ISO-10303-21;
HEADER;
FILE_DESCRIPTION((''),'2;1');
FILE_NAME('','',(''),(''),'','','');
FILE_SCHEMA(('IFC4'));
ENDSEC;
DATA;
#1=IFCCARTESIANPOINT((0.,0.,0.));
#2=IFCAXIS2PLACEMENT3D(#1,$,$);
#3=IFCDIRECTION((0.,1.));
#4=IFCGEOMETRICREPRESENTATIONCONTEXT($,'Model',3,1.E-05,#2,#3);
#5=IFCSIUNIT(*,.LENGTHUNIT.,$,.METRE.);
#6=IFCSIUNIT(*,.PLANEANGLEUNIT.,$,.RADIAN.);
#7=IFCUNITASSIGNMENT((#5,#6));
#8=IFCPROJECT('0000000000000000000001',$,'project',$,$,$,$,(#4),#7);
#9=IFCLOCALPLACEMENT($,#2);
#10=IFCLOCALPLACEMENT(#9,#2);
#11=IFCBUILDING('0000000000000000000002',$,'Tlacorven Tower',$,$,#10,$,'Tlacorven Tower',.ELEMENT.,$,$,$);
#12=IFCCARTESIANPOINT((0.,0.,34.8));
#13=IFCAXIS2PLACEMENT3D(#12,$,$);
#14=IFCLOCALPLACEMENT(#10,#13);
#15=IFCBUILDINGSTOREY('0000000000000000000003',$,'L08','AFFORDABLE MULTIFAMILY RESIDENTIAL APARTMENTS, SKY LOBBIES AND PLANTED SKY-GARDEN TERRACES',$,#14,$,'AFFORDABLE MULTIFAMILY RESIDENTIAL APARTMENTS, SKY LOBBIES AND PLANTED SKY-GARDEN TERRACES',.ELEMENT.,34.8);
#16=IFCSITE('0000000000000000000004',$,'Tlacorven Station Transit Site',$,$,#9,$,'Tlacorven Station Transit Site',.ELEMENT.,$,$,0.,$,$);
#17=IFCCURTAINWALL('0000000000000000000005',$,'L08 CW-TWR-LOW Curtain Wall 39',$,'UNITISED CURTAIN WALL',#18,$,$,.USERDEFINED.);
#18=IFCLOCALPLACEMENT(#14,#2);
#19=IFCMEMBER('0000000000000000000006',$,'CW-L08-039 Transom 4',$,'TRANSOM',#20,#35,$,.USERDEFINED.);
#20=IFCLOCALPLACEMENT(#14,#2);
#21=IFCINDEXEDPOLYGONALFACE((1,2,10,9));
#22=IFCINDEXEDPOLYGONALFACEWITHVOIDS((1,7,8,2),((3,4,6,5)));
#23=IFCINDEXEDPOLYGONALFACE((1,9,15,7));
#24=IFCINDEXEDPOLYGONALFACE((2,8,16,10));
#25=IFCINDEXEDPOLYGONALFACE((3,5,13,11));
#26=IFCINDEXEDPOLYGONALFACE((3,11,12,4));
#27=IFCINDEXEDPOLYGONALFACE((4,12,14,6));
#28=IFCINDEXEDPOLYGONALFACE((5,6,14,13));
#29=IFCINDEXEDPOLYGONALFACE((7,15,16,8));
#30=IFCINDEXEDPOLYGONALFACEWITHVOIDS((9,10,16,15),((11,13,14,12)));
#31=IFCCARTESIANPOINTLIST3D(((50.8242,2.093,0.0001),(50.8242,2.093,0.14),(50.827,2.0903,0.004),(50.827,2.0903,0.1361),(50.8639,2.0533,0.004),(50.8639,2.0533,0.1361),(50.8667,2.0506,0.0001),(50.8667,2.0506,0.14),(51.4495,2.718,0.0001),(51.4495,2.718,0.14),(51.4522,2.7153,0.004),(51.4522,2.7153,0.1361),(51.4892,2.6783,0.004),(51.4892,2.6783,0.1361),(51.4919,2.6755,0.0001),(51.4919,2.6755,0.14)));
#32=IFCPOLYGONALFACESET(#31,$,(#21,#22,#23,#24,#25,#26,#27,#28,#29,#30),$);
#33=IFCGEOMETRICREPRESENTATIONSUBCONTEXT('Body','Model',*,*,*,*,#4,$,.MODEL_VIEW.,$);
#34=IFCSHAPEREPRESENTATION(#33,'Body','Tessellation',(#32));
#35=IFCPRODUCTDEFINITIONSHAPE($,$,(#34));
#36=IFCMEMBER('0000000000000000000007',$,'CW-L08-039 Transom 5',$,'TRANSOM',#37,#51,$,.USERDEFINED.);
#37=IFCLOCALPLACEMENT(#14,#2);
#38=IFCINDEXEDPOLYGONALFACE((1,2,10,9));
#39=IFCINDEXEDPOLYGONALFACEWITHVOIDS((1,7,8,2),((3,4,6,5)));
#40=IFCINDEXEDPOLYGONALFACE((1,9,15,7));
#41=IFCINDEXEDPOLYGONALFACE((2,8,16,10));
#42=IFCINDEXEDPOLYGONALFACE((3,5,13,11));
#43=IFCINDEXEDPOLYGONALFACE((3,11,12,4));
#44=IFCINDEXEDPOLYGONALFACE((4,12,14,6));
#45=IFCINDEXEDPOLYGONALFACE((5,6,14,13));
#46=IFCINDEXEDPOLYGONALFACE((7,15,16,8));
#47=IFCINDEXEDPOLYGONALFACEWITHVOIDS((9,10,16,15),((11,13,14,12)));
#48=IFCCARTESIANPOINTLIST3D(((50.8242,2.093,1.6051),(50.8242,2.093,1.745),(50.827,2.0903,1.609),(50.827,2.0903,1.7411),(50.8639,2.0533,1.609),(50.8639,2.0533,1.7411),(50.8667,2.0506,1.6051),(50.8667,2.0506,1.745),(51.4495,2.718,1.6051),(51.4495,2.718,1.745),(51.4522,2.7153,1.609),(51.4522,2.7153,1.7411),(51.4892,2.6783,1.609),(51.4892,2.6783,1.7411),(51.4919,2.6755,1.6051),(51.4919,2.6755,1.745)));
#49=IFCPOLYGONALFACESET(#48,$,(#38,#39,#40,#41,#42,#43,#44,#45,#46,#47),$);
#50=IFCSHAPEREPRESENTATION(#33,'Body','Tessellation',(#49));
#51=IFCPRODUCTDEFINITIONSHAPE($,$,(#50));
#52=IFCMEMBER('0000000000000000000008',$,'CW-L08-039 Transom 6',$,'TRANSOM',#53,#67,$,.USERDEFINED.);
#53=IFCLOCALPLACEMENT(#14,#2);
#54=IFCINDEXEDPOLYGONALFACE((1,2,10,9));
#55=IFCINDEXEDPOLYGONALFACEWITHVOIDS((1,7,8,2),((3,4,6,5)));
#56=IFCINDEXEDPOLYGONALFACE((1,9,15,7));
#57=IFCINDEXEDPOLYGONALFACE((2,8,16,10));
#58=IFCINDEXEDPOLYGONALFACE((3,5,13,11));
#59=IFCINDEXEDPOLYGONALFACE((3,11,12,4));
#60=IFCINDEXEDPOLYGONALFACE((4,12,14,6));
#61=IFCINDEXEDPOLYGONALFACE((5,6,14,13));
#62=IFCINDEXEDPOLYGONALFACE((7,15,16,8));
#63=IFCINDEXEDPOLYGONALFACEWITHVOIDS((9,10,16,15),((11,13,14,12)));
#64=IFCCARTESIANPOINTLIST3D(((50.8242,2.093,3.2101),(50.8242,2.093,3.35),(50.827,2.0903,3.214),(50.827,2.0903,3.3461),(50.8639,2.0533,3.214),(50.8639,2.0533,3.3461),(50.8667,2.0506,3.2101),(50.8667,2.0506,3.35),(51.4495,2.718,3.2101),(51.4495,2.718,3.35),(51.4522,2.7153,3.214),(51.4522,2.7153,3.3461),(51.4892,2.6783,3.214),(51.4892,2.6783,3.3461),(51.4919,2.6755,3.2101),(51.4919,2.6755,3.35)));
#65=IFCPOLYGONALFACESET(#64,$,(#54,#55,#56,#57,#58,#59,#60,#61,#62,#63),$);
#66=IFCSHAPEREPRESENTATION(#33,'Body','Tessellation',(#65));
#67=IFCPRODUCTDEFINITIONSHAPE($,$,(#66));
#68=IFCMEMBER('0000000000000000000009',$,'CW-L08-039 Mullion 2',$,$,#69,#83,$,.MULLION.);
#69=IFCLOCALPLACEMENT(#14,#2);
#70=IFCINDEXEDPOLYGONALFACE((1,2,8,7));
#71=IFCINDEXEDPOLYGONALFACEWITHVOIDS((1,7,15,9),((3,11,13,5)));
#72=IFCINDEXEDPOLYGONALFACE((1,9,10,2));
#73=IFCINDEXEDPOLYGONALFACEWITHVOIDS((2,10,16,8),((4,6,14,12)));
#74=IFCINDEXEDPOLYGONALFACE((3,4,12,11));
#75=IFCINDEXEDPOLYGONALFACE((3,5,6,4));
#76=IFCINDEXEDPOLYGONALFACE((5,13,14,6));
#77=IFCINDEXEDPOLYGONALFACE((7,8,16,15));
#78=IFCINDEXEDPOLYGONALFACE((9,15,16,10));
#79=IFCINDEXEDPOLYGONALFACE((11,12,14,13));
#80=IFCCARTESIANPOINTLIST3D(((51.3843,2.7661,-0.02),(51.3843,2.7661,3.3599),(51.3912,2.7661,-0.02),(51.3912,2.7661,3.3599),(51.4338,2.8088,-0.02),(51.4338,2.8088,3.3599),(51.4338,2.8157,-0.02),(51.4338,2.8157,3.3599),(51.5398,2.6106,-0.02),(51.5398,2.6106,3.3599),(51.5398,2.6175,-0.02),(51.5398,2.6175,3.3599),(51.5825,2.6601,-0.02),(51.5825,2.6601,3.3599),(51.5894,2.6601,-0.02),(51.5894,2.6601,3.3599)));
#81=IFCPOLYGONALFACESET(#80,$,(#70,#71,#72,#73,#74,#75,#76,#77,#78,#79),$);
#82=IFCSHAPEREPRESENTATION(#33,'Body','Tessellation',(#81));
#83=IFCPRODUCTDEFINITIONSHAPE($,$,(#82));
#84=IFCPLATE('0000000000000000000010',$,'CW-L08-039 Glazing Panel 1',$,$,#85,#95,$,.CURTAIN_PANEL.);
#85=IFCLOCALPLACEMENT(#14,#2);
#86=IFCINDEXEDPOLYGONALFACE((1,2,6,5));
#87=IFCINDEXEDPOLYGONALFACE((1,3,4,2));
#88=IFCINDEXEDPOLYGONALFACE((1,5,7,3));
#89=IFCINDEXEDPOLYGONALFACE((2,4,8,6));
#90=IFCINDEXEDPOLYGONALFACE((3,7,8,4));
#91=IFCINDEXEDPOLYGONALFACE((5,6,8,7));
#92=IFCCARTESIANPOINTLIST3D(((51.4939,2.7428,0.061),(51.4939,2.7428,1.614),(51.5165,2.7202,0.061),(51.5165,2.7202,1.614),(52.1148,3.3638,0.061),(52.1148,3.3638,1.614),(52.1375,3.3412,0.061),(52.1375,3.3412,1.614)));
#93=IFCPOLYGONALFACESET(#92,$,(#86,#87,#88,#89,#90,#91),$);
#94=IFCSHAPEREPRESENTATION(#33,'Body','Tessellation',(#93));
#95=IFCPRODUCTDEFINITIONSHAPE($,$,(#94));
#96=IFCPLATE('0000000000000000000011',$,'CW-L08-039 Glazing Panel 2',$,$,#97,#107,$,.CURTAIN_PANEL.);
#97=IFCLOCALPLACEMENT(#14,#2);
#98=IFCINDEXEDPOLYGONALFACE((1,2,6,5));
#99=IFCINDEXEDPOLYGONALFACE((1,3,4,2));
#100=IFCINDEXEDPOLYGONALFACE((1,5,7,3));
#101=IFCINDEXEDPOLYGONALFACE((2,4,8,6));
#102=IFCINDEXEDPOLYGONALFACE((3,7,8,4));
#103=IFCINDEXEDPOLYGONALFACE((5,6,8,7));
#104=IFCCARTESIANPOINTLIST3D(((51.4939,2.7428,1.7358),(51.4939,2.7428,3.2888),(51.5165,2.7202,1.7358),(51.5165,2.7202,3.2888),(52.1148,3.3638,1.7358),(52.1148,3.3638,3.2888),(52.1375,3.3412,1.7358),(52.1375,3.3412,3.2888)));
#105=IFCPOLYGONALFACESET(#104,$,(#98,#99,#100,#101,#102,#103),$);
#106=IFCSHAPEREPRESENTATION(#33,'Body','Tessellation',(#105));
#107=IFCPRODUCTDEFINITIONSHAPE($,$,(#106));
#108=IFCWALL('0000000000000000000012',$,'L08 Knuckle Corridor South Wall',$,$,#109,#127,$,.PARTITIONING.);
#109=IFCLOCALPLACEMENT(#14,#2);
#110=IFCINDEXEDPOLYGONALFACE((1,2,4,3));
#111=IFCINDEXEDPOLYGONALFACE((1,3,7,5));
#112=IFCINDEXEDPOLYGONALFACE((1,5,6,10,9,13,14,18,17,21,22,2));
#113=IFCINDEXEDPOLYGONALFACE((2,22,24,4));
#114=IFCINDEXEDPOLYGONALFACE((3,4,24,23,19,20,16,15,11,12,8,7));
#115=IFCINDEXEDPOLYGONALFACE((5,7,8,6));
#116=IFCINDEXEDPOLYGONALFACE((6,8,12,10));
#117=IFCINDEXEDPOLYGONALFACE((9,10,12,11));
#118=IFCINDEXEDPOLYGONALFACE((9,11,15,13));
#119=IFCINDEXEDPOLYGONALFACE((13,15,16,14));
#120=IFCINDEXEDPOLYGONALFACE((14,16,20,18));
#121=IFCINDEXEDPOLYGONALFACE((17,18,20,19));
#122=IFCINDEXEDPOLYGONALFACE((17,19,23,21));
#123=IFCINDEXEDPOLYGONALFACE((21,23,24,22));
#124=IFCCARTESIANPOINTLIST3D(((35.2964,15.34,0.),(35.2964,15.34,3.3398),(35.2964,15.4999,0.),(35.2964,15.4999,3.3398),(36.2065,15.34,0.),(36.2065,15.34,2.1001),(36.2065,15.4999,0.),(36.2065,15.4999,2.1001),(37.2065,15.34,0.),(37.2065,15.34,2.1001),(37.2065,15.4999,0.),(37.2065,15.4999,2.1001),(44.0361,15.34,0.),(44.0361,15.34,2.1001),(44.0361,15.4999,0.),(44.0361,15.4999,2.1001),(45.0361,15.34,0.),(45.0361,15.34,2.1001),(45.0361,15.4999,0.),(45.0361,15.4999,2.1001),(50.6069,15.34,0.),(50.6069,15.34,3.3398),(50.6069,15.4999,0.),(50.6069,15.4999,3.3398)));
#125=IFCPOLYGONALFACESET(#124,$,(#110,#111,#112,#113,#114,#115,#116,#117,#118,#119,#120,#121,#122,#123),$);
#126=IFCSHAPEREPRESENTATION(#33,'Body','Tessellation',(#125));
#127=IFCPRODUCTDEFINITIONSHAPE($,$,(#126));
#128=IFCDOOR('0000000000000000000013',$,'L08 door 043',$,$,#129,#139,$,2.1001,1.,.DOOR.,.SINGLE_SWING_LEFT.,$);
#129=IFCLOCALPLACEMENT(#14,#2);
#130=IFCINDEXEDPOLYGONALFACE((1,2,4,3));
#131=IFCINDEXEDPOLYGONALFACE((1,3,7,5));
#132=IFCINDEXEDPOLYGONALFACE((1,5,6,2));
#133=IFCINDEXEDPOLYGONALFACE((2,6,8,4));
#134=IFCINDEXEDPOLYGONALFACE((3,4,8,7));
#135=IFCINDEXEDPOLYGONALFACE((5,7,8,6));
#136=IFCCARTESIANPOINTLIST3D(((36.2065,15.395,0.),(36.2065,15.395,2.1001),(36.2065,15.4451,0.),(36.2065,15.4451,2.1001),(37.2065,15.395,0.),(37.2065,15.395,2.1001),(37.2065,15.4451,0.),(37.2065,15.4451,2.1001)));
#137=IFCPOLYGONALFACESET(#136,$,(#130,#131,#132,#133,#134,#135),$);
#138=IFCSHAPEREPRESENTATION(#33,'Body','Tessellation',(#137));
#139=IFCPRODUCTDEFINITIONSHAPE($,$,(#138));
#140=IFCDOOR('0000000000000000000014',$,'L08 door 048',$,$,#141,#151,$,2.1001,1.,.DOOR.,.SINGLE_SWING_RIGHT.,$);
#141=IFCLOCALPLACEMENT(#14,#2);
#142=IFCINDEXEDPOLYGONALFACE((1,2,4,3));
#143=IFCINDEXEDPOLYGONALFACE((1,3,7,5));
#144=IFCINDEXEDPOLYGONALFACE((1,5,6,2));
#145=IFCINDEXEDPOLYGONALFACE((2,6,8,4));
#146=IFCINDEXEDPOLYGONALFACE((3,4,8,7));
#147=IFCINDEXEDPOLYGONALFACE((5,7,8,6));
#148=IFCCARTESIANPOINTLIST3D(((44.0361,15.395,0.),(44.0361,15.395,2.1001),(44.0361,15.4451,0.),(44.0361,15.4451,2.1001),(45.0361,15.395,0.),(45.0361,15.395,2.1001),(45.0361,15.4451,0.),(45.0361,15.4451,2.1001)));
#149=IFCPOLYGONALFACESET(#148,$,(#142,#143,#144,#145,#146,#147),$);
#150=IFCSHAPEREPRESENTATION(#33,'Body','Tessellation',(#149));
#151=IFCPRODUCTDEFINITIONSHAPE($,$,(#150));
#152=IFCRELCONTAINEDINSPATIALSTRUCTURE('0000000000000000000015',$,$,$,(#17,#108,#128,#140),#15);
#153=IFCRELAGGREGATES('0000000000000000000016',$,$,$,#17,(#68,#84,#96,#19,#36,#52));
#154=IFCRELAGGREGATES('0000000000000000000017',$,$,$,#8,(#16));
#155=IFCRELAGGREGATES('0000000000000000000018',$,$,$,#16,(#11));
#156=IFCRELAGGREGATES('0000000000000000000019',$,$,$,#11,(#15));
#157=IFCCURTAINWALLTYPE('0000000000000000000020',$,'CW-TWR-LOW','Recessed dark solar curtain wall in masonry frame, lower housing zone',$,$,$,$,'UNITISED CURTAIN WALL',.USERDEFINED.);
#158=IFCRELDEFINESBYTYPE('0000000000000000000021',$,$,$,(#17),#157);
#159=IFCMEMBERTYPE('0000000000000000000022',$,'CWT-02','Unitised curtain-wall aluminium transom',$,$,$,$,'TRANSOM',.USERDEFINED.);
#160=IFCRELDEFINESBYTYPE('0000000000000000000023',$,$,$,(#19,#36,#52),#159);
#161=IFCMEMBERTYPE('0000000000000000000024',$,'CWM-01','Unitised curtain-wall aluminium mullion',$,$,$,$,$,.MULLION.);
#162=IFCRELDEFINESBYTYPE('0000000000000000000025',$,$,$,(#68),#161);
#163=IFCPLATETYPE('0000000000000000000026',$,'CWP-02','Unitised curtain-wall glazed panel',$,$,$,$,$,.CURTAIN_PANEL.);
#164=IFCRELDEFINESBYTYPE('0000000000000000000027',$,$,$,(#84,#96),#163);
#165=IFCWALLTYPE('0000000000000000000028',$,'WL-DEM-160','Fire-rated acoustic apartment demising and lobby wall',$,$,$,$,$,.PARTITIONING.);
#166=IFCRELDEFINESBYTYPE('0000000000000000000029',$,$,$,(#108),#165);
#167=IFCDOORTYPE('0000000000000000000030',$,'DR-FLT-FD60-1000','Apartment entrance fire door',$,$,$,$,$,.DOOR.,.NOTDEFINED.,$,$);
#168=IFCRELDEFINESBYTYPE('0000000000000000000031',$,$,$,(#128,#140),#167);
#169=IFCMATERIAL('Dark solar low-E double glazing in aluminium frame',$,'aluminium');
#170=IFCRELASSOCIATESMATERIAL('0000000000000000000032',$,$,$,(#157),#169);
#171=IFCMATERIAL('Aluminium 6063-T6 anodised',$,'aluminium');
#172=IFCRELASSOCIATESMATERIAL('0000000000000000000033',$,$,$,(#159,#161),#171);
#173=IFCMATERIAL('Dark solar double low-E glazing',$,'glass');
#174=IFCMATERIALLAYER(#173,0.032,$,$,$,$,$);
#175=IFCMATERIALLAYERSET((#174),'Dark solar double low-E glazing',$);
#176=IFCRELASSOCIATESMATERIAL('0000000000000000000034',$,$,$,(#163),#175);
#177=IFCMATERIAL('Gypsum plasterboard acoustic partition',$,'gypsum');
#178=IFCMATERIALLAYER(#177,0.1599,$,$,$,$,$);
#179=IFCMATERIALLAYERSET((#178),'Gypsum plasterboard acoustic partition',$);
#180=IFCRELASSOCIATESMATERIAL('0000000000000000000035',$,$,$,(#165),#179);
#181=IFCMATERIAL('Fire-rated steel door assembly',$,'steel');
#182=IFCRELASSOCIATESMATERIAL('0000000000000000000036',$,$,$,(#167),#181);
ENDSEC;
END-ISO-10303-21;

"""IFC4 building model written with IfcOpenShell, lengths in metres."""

from ifc_helpers import new_model, si_unit, direction, frame, frame_2d, origin, origin_2d, place, context, subcontext, project, spatial, rectangle, hollow_rectangle, extrude, source, transform, mapped, material, layer, layer_set, material_profile, profile_set, type_object, element, fill, aggregate, save


model = new_model("IFC4")

# Units and contexts
model_context = context("Model", 3, precision=1e-05, world=origin(), true_north=direction((0.0, 1.0)))
body_context = subcontext(model_context, "Body", "Model", "MODEL_VIEW")
ifc_project = project(units=[si_unit("LENGTHUNIT", "METRE"), si_unit("PLANEANGLEUNIT", "RADIAN")], contexts=[model_context])

# Site, building, storey
site_placement = place(None, origin())
site = spatial("IfcSite", under=ifc_project, at=site_placement, Name="Tlacorven Station Transit Site", LongName="Tlacorven Station Transit Site", CompositionType="ELEMENT", RefElevation=0.0)
building_placement = place(site_placement, origin())
building = spatial("IfcBuilding", under=site, at=building_placement, Name="Tlacorven Tower", LongName="Tlacorven Tower", CompositionType="ELEMENT")
storey_placement = place(building_placement, frame((0.0, 0.0, 34.8)))
storey = spatial("IfcBuildingStorey", under=building, at=storey_placement, Name="L08", Description="AFFORDABLE MULTIFAMILY RESIDENTIAL APARTMENTS, SKY LOBBIES AND PLANTED SKY-GARDEN TERRACES", LongName="AFFORDABLE MULTIFAMILY RESIDENTIAL APARTMENTS, SKY LOBBIES AND PLANTED SKY-GARDEN TERRACES", CompositionType="ELEMENT", Elevation=34.8)

# Curtain wall, members, plates
ifc_material_1 = material(Name="Dark solar low-E double glazing in aluminium frame", Category="aluminium")
curtain_wall_type = type_object("IfcCurtainWallType", Name="CW-TWR-LOW", Description="Recessed dark solar curtain wall in masonry frame, lower housing zone", ElementType="UNITISED CURTAIN WALL", PredefinedType="USERDEFINED", material=ifc_material_1)
curtain_wall_placement = place(storey_placement, origin())
curtain_wall = element("IfcCurtainWall", 1, at=curtain_wall_placement, inside=storey, type_object=curtain_wall_type, Name="L08 CW-TWR-LOW Curtain Wall 39", ObjectType="UNITISED CURTAIN WALL", PredefinedType="USERDEFINED")
ifc_material_2 = material(Name="Aluminium 6063-T6 anodised", Category="aluminium")
ifc_material_profile_1 = material_profile(ifc_material_2, hollow_rectangle(XDim=0.0601, YDim=0.1399, WallThickness=0.0039, at=origin_2d()), Name="ALU TRANSOM 60X140")
ifc_profile_set_1 = profile_set([ifc_material_profile_1], Name="Aluminium 6063-T6 anodised")
member_type_1 = type_object("IfcMemberType", Name="CWT-02", Description="Unitised curtain-wall aluminium transom", ElementType="TRANSOM", PredefinedType="USERDEFINED", material=ifc_profile_set_1)
shared_shape_1 = source(origin(), body_context, "Body", "SweptSolid", [
    extrude(hollow_rectangle(XDim=0.0601, YDim=0.1399, WallThickness=0.0039, at=origin_2d()), origin(), (0.0, 0.0, 1.0), 0.884),
])
member_1_placement = place(storey_placement, frame((51.4707, 2.6968, 0.0701), z_axis=(-0.707245, -0.706969, 0.0), x_axis=(0.706969, -0.707245, 0.0)))
member_1 = element("IfcMember", 2, at=member_1_placement, type_object=member_type_1, Name="CW-L08-039 Transom 4", ObjectType="TRANSOM", PredefinedType="USERDEFINED", context=body_context, shape_type="MappedRepresentation", body=[
    mapped(shared_shape_1, transform((0.0, 0.0, 0.0), scale=1.0)),
])
member_2_placement = place(storey_placement, frame((51.4707, 2.6968, 1.675), z_axis=(-0.707245, -0.706969, 0.0), x_axis=(0.706969, -0.707245, 0.0)))
member_2 = element("IfcMember", 3, at=member_2_placement, type_object=member_type_1, Name="CW-L08-039 Transom 5", ObjectType="TRANSOM", PredefinedType="USERDEFINED", context=body_context, shape_type="MappedRepresentation", body=[
    mapped(shared_shape_1, transform((0.0, 0.0, 0.0), scale=1.0)),
])
member_3_placement = place(storey_placement, frame((51.4707, 2.6968, 3.28), z_axis=(-0.707245, -0.706969, 0.0), x_axis=(0.706969, -0.707245, 0.0)))
member_3 = element("IfcMember", 4, at=member_3_placement, type_object=member_type_1, Name="CW-L08-039 Transom 6", ObjectType="TRANSOM", PredefinedType="USERDEFINED", context=body_context, shape_type="MappedRepresentation", body=[
    mapped(shared_shape_1, transform((0.0, 0.0, 0.0), scale=1.0)),
])
ifc_material_profile_2 = material_profile(ifc_material_2, hollow_rectangle(XDim=0.0701, YDim=0.22, WallThickness=0.0049, at=origin_2d()), Name="ALU MULLION 70X220")
ifc_profile_set_2 = profile_set([ifc_material_profile_2], Name="Aluminium 6063-T6 anodised")
member_type_2 = type_object("IfcMemberType", Name="CWM-01", Description="Unitised curtain-wall aluminium mullion", PredefinedType="MULLION", material=ifc_profile_set_2)
shared_shape_2 = source(origin(), body_context, "Body", "SweptSolid", [
    extrude(hollow_rectangle(XDim=0.0701, YDim=0.22, WallThickness=0.0049, at=origin_2d()), origin(), (0.0, 0.0, 1.0), 3.3799),
])
member_4_placement = place(storey_placement, frame((51.4868, 2.7131, -0.02), z_axis=(0.0, 0.0, 1.0), x_axis=(-0.707107, -0.707107, 0.0)))
member_4 = element("IfcMember", 5, at=member_4_placement, type_object=member_type_2, Name="CW-L08-039 Mullion 2", PredefinedType="MULLION", context=body_context, shape_type="MappedRepresentation", body=[
    mapped(shared_shape_2, transform((0.0, 0.0, 0.0), scale=1.0)),
])
ifc_material_3 = material(Name="Dark solar double low-E glazing", Category="glass")
ifc_layer_1 = layer(ifc_material_3, 0.032)
ifc_layer_set_1 = layer_set([ifc_layer_1], Name="Dark solar double low-E glazing")
plate_type = type_object("IfcPlateType", Name="CWP-02", Description="Unitised curtain-wall glazed panel", PredefinedType="CURTAIN_PANEL", material=ifc_layer_set_1)
shared_shape_3 = source(origin(), body_context, "Body", "SweptSolid", [
    extrude(rectangle(XDim=0.8782, YDim=0.032, at=origin_2d()), origin(), (0.0, 0.0, 1.0), 1.553),
])
plate_1_placement = place(storey_placement, frame((51.8157, 3.042, 0.061), z_axis=(0.0, 0.0, 1.0), x_axis=(-0.707107, -0.707107, 0.0)))
plate_1 = element("IfcPlate", 6, at=plate_1_placement, type_object=plate_type, Name="CW-L08-039 Glazing Panel 1", PredefinedType="CURTAIN_PANEL", context=body_context, shape_type="MappedRepresentation", body=[
    mapped(shared_shape_3, transform((0.0, 0.0, 0.0), scale=1.0)),
])
plate_2_placement = place(storey_placement, frame((51.8157, 3.042, 1.7358), z_axis=(0.0, 0.0, 1.0), x_axis=(-0.707107, -0.707107, 0.0)))
plate_2 = element("IfcPlate", 7, at=plate_2_placement, type_object=plate_type, Name="CW-L08-039 Glazing Panel 2", PredefinedType="CURTAIN_PANEL", context=body_context, shape_type="MappedRepresentation", body=[
    mapped(shared_shape_3, transform((0.0, 0.0, 0.0), scale=1.0)),
])
aggregate(curtain_wall, [member_4, plate_1, plate_2, member_1, member_2, member_3])

# Wall, openings, doors
ifc_material_4 = material(Name="Gypsum plasterboard acoustic partition", Category="gypsum")
ifc_layer_2 = layer(ifc_material_4, 0.1599)
ifc_layer_set_2 = layer_set([ifc_layer_2], Name="Gypsum plasterboard acoustic partition")
wall_type_1 = type_object("IfcWallType", Name="WL-DEM-160", Description="Fire-rated acoustic apartment demising and lobby wall", PredefinedType="PARTITIONING", material=ifc_layer_set_2)
wall_1_placement = place(storey_placement, frame((35.2964, 15.4199, 0.0), z_axis=(0.0, 0.0, 1.0), x_axis=(1.0, 0.0, 0.0)))
wall_1 = element("IfcWall", 8, at=wall_1_placement, inside=storey, type_object=wall_type_1, Name="L08 Knuckle Corridor South Wall", PredefinedType="PARTITIONING", context=body_context, shape_type="SweptSolid", body=[
    extrude(rectangle(XDim=15.3105, YDim=0.1599, at=frame_2d((7.6553, 0.0))), origin(), (0.0, 0.0, 1.0), 3.3398),
])
opening_1_placement = place(wall_1_placement, frame((0.9102, 0.0, 0.0)))
opening_1 = element("IfcOpeningElement", 9, at=opening_1_placement, cuts=wall_1, PredefinedType="OPENING", context=body_context, shape_type="SweptSolid", body=[
    extrude(rectangle(XDim=1.0, YDim=2.1001, at=frame_2d((0.5, 1.05))), frame((0.0, 0.0898, 0.0), z_axis=(0.0, -1.0, 0.0), x_axis=(1.0, 0.0, 0.0)), (0.0, 0.0, 1.0), 0.1799),
])
opening_2_placement = place(wall_1_placement, frame((8.7397, 0.0, 0.0)))
opening_2 = element("IfcOpeningElement", 10, at=opening_2_placement, cuts=wall_1, PredefinedType="OPENING", context=body_context, shape_type="SweptSolid", body=[
    extrude(rectangle(XDim=1.0, YDim=2.1001, at=frame_2d((0.5, 1.05))), frame((0.0, 0.0898, 0.0), z_axis=(0.0, -1.0, 0.0), x_axis=(1.0, 0.0, 0.0)), (0.0, 0.0, 1.0), 0.1799),
])
ifc_material_5 = material(Name="Fire-rated steel door assembly", Category="steel")
door_type_1 = type_object("IfcDoorType", Name="DR-FLT-FD60-1000", Description="Apartment entrance fire door", OperationType="NOTDEFINED", PredefinedType="DOOR", material=ifc_material_5)
shared_shape_4 = source(origin(), body_context, "Body", "SweptSolid", [
    extrude(rectangle(XDim=1.0, YDim=2.1001, at=frame_2d((0.5, 1.05))), frame((0.0, 0.0249, 0.0), z_axis=(0.0, -1.0, 0.0), x_axis=(1.0, 0.0, 0.0)), (0.0, 0.0, 1.0), 0.05),
])
door_1_placement = place(opening_1_placement, frame((1.0, 0.0, 0.0), z_axis=(0.0, 0.0, 1.0), x_axis=(-1.0, 0.0, 0.0)))
door_1 = element("IfcDoor", 11, at=door_1_placement, inside=storey, type_object=door_type_1, Name="L08 door 043", OperationType="SINGLE_SWING_LEFT", OverallHeight=2.1001, OverallWidth=1.0, PredefinedType="DOOR", context=body_context, shape_type="MappedRepresentation", body=[
    mapped(shared_shape_4, transform((0.0, 0.0, 0.0), scale=1.0)),
])
fill(opening_1, door_1)
door_2_placement = place(opening_2_placement, frame((1.0, 0.0, 0.0), z_axis=(0.0, 0.0, 1.0), x_axis=(-1.0, 0.0, 0.0)))
door_2 = element("IfcDoor", 12, at=door_2_placement, inside=storey, type_object=door_type_1, Name="L08 door 048", OperationType="SINGLE_SWING_RIGHT", OverallHeight=2.1001, OverallWidth=1.0, PredefinedType="DOOR", context=body_context, shape_type="MappedRepresentation", body=[
    mapped(shared_shape_4, transform((0.0, 0.0, 0.0), scale=1.0)),
])
fill(opening_2, door_2)

save(model, "model.ifc")
